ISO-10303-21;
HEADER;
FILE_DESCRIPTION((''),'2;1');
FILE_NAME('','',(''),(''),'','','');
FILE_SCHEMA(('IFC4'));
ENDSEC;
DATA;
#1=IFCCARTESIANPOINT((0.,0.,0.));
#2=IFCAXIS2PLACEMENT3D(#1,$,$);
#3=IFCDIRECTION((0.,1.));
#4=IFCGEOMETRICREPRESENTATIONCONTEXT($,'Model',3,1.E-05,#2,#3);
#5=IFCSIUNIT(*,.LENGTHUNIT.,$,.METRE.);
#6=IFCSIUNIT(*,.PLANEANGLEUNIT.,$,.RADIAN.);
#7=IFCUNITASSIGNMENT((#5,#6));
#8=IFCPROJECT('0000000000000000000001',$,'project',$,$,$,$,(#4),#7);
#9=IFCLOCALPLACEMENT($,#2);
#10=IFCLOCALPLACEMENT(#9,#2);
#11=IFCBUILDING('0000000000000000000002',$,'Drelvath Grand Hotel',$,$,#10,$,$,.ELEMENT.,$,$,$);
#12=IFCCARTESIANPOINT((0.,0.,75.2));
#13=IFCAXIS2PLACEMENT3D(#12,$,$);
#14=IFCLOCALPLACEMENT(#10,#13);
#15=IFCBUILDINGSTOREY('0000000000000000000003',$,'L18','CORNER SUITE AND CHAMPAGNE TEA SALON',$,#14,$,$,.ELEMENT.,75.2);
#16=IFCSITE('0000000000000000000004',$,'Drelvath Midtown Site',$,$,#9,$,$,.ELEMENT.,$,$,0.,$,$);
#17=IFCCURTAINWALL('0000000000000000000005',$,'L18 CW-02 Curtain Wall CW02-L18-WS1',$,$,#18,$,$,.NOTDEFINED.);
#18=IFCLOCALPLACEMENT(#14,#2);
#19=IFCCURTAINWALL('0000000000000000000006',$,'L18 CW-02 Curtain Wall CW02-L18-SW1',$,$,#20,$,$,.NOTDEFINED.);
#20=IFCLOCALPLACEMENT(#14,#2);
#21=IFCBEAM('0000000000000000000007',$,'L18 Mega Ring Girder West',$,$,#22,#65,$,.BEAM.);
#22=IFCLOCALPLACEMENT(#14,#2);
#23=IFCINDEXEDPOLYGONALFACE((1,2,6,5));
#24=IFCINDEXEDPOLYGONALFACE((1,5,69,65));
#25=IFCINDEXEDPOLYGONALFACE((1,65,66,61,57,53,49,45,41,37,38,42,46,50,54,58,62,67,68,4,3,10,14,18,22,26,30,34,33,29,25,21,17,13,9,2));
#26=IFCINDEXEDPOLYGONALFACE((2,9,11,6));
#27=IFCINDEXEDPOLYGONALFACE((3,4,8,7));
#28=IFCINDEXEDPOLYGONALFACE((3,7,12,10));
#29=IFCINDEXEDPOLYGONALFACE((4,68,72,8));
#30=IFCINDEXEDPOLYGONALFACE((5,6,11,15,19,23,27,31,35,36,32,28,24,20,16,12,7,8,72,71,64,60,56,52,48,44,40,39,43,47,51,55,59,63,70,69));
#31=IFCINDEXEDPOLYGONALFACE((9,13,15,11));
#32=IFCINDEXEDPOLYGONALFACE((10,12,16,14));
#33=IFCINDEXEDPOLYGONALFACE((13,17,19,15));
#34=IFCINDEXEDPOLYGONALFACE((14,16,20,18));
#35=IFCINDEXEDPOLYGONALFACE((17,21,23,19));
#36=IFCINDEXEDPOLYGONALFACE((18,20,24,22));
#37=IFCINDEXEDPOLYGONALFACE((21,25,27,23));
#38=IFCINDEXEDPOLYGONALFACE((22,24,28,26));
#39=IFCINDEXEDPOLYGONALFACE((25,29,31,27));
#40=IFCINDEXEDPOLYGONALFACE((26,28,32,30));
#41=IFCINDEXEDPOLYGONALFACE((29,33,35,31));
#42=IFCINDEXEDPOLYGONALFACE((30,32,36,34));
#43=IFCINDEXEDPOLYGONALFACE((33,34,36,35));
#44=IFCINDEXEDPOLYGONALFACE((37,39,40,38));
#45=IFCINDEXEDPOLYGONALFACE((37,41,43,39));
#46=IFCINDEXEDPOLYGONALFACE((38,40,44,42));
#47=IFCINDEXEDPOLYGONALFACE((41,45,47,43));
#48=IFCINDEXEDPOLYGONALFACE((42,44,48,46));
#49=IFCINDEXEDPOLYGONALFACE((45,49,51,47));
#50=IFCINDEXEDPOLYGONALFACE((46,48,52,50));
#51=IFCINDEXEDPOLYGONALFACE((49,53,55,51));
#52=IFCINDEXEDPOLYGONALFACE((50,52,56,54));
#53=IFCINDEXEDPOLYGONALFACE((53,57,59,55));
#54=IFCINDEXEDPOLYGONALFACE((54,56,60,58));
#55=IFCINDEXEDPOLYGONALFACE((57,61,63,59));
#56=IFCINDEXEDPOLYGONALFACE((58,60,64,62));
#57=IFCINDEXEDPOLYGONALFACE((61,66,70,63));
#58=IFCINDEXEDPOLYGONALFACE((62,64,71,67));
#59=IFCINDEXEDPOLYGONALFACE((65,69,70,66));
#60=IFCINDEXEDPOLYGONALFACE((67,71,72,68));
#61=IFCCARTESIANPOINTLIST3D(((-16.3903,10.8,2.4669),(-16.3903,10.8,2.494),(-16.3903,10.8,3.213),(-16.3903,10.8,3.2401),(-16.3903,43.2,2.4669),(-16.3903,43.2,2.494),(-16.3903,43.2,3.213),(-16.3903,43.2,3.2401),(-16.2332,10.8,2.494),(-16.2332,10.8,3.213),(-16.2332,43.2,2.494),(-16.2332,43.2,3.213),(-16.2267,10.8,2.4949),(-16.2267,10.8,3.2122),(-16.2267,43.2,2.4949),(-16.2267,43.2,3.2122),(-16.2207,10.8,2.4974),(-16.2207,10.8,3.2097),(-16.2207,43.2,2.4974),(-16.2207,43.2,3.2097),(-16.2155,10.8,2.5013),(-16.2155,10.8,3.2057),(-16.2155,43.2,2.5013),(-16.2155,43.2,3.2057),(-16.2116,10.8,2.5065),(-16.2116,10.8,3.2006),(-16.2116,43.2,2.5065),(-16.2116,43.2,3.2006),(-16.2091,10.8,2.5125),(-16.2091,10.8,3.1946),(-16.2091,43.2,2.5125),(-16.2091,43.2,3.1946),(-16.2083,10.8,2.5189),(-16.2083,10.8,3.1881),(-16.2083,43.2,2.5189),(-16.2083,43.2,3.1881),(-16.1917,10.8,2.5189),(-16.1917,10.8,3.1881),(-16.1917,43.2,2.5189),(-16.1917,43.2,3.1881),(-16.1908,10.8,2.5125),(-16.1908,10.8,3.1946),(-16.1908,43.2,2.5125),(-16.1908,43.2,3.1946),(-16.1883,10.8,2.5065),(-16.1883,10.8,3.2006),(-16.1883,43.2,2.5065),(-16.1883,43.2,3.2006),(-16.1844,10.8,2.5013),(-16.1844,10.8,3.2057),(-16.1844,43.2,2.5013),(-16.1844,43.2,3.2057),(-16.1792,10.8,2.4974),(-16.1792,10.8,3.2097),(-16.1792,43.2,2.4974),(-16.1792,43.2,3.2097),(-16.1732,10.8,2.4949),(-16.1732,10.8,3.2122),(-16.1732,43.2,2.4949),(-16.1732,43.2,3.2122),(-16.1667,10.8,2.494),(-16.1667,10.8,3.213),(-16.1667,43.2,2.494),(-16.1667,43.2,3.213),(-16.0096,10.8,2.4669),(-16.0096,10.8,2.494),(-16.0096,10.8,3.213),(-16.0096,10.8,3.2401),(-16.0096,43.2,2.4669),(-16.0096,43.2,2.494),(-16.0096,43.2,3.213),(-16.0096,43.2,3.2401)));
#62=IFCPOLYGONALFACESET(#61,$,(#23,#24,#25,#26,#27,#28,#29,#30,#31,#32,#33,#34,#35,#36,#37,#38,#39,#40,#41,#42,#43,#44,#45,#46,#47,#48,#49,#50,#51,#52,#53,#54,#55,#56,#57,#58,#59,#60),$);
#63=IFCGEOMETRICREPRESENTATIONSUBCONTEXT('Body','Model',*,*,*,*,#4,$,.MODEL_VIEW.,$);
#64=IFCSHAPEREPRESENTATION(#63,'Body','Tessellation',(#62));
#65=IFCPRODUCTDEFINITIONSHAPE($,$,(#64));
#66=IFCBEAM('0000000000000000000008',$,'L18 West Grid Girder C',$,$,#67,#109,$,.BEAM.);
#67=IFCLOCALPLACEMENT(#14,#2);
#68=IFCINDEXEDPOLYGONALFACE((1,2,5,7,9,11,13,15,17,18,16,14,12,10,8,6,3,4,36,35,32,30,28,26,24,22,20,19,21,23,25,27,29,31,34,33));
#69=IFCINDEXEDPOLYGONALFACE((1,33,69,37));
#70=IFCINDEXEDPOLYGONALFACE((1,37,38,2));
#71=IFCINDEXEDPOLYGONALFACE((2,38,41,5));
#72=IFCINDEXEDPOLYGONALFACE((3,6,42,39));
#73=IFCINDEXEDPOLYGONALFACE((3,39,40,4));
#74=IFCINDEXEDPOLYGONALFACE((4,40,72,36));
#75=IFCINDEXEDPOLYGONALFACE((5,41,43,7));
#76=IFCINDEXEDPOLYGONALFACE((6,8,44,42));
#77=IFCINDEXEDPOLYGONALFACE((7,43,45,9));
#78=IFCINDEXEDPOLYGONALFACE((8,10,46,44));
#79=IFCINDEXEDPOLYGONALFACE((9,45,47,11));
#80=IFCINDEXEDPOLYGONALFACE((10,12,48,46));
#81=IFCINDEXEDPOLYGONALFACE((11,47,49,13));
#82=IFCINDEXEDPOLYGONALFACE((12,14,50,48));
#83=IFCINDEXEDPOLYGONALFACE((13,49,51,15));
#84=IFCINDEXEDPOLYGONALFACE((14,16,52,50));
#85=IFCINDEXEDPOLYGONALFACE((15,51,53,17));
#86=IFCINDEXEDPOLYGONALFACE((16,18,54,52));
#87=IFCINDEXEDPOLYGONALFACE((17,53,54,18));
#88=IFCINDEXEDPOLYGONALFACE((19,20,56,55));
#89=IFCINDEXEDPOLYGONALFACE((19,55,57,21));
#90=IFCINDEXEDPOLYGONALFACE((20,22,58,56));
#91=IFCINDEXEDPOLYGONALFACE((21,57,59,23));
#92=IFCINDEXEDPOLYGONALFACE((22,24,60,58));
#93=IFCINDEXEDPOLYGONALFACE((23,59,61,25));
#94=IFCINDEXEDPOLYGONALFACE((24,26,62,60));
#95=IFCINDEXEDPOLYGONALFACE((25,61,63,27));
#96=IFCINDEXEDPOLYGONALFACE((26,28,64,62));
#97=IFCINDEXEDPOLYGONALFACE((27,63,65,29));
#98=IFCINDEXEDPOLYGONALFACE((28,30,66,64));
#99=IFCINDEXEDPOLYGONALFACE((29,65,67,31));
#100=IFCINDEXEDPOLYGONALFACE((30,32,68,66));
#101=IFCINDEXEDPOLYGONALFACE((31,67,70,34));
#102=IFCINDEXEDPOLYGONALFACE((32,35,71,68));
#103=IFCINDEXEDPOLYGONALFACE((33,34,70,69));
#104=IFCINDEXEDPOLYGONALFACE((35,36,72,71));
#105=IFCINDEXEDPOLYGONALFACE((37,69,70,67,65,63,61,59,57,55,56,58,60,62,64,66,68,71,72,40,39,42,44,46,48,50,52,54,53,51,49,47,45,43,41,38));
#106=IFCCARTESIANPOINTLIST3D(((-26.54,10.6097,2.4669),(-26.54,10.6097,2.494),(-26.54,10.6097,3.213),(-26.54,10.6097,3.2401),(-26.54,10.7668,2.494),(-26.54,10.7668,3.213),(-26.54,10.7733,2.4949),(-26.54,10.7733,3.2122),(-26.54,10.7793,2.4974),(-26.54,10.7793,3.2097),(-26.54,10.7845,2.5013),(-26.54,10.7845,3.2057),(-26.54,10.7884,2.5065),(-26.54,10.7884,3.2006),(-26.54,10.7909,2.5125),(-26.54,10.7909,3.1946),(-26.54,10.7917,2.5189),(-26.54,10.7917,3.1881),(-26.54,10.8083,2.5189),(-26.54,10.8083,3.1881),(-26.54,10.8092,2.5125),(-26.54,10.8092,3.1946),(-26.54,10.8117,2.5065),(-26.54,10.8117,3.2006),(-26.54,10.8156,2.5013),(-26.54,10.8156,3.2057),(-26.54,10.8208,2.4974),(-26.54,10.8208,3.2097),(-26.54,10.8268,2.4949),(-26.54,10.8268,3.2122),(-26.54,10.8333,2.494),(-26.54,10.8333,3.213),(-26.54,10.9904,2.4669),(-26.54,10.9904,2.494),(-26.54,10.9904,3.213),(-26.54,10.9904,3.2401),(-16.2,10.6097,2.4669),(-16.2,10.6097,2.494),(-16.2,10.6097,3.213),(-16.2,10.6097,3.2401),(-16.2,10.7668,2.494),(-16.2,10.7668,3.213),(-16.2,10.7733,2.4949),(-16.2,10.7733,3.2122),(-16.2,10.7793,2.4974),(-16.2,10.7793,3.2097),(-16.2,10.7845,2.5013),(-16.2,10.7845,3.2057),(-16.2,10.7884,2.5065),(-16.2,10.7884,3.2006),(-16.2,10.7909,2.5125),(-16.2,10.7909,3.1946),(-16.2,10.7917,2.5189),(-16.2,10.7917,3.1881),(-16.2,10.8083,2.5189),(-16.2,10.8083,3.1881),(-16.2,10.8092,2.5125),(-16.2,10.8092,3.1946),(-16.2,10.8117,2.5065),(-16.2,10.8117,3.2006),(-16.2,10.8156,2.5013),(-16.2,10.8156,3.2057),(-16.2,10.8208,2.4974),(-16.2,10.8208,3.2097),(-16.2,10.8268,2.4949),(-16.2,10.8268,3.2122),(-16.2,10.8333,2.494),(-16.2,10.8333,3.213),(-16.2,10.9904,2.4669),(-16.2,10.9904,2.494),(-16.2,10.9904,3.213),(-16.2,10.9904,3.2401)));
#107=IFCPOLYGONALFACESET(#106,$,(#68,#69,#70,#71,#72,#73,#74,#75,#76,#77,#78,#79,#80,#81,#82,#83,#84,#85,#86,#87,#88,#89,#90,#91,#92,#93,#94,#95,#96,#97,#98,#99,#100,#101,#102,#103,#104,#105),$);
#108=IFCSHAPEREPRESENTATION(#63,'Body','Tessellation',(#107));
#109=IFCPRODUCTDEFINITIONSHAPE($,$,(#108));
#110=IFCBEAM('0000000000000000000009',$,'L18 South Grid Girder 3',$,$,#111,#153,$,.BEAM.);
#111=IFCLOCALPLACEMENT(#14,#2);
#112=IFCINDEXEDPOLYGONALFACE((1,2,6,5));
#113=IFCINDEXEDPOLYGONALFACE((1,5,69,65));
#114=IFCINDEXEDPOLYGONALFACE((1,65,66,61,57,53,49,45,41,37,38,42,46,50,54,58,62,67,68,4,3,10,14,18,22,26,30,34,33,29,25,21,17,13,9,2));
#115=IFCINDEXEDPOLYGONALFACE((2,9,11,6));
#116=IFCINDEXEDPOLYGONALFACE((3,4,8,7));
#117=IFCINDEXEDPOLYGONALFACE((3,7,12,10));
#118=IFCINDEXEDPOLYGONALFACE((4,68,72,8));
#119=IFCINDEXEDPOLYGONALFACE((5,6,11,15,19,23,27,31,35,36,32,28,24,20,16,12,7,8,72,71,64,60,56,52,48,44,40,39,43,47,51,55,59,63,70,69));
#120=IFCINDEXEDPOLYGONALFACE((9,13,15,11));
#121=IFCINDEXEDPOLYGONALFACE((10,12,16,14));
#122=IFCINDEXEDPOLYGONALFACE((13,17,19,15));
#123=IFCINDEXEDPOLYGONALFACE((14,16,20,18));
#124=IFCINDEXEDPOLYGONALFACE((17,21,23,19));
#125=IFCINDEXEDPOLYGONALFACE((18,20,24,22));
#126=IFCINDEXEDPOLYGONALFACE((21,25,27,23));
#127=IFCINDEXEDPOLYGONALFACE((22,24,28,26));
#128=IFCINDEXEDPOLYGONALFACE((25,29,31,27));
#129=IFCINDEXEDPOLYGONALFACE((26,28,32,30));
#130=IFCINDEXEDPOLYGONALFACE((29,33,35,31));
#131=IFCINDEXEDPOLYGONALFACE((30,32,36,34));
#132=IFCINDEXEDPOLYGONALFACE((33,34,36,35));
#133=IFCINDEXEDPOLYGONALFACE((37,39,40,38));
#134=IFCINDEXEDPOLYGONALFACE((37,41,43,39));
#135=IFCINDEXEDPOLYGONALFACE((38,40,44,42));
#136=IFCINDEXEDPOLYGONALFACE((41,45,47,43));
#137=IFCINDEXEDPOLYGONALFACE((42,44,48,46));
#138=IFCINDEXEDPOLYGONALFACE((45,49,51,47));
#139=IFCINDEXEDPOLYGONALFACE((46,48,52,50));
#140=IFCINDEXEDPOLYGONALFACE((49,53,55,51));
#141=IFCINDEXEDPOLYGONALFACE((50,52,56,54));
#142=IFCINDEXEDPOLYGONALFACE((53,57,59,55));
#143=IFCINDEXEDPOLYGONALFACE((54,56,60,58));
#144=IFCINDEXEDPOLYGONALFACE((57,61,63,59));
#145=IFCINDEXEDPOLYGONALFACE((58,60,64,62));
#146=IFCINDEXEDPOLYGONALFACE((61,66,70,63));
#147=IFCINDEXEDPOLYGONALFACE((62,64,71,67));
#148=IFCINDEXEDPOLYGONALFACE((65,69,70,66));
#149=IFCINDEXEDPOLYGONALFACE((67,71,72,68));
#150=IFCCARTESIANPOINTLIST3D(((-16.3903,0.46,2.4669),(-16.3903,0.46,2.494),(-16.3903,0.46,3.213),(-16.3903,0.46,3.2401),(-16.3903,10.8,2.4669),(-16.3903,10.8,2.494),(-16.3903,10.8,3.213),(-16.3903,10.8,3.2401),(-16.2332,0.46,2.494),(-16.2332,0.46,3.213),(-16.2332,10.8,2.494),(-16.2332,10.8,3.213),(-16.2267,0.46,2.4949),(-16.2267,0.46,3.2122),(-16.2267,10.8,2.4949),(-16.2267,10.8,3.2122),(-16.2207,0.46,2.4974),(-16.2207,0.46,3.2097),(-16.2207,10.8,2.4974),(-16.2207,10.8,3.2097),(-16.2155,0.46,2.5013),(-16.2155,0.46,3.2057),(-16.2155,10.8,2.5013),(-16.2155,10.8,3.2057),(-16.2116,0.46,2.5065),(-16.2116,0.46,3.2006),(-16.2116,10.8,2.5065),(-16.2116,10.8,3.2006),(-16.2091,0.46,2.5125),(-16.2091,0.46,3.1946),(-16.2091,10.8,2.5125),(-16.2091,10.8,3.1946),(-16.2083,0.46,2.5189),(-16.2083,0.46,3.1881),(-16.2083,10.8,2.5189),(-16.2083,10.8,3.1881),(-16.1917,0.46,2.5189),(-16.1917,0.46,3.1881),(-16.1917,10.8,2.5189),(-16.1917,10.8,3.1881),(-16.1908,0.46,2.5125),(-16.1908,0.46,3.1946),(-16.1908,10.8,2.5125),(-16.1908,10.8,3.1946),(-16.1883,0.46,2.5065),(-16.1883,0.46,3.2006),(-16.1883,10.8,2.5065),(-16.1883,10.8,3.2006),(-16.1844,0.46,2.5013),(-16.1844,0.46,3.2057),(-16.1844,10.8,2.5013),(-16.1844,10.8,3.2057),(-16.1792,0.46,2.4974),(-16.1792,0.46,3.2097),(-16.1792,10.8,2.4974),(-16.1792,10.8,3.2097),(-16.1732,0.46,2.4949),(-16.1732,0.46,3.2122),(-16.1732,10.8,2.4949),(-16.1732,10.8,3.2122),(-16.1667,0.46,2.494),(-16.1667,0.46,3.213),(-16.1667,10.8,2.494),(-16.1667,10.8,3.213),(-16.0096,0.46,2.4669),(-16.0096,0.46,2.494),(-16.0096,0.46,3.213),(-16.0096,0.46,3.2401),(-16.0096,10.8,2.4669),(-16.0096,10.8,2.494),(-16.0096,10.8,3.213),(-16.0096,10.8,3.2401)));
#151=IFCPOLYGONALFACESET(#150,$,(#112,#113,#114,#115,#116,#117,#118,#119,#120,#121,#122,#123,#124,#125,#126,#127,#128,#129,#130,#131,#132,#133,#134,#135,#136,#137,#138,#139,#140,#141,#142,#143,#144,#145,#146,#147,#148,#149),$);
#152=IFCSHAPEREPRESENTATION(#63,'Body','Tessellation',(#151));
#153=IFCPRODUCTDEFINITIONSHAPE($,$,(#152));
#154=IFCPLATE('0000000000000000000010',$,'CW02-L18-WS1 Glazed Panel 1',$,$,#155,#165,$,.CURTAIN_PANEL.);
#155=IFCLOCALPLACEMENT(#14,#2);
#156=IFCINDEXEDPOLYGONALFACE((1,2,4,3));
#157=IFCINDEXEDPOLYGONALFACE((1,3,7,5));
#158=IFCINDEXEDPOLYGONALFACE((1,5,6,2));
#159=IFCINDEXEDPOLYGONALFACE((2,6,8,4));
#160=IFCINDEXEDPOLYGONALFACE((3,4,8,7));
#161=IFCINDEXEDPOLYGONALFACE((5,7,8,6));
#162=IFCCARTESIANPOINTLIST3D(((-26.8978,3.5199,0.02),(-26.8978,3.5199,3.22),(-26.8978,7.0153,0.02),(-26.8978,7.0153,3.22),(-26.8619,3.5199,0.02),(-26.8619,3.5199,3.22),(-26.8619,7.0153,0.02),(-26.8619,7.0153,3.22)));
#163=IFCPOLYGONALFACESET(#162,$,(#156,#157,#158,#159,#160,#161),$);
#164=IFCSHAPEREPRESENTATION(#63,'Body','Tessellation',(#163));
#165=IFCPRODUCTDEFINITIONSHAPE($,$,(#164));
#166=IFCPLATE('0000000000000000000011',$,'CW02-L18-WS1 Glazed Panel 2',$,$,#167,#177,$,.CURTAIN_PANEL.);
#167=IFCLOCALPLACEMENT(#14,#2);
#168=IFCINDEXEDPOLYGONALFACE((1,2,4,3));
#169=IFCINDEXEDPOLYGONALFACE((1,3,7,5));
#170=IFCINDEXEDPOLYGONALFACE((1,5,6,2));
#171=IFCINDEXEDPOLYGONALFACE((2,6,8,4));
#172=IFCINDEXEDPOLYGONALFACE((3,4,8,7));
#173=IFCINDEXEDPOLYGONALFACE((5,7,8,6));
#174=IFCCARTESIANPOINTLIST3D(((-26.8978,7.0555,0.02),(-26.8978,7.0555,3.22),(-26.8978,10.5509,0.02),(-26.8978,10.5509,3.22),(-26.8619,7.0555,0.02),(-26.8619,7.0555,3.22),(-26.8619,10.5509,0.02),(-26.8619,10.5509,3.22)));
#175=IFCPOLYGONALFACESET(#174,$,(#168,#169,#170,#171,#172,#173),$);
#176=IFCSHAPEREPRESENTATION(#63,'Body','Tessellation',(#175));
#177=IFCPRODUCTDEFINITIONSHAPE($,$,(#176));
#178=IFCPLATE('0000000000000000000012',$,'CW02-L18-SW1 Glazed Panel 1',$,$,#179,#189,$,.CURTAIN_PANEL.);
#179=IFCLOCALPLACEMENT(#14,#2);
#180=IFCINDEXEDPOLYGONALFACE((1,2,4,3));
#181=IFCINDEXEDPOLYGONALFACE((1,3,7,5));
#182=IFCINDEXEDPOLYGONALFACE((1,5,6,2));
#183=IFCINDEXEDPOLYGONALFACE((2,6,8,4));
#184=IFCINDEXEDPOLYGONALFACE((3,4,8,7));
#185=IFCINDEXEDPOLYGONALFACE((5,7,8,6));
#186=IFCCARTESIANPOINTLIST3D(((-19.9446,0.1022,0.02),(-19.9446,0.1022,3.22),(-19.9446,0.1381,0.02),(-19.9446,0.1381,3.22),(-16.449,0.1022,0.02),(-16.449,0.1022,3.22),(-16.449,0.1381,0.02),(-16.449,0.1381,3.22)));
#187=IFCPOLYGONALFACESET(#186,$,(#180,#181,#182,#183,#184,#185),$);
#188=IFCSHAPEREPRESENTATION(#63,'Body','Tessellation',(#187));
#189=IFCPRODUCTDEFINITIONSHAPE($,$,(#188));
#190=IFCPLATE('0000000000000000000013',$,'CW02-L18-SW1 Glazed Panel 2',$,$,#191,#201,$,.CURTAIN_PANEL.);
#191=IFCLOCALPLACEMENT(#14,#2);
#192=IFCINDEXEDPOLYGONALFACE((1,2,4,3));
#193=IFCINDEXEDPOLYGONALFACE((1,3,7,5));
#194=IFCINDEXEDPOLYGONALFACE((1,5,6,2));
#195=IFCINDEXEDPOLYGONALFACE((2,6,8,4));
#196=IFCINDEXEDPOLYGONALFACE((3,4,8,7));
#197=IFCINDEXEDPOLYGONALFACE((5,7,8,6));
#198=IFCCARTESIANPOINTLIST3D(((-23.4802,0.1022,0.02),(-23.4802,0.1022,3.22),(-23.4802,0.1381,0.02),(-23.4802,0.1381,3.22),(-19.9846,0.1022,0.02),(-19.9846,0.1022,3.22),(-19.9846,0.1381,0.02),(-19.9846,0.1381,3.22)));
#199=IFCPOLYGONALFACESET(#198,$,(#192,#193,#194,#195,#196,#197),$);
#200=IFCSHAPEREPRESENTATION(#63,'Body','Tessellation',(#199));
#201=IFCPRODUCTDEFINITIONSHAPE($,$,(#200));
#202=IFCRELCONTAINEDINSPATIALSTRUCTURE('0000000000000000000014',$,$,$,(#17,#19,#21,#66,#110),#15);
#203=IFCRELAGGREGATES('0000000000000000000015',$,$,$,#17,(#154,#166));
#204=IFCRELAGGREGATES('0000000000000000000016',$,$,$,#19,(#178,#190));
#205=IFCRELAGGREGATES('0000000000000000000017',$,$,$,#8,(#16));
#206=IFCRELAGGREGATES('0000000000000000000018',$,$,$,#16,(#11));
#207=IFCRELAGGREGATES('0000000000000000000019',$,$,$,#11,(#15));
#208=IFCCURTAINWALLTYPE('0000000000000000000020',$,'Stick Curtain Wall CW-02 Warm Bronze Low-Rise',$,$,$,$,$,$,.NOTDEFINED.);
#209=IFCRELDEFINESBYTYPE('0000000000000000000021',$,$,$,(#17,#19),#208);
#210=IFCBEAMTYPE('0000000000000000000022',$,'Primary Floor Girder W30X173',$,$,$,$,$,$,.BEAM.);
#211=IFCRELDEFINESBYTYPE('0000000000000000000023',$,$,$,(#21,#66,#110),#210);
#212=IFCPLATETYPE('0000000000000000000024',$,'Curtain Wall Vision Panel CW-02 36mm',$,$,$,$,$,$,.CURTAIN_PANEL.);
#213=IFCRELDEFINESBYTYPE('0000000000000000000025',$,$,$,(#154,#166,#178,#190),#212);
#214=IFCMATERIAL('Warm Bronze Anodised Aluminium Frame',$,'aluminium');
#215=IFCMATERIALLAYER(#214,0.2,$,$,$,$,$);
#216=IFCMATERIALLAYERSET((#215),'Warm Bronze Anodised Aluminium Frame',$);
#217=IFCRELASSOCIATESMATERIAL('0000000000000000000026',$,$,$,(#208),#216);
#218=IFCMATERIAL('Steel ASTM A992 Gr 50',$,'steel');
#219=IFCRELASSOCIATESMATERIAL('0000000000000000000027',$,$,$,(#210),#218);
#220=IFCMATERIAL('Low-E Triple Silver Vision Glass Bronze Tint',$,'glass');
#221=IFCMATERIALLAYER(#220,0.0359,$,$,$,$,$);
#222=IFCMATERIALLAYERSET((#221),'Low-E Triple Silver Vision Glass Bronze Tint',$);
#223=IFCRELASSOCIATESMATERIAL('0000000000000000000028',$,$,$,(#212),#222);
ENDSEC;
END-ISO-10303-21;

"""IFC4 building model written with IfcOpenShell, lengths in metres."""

from ifc_helpers import new_model, si_unit, direction, frame, origin, origin_2d, place, context, subcontext, project, spatial, rectangle, i_section, extrude, material, layer, layer_set, material_profile, profile_set, type_object, element, aggregate, save


model = new_model("IFC4")

# Units and contexts
model_context = context("Model", 3, precision=1e-05, world=origin(), true_north=direction((0.0, 1.0)))
body_context = subcontext(model_context, "Body", "Model", "MODEL_VIEW")
ifc_project = project(units=[si_unit("LENGTHUNIT", "METRE"), si_unit("PLANEANGLEUNIT", "RADIAN")], contexts=[model_context])

# Site, building, storey
site_placement = place(None, origin())
site = spatial("IfcSite", under=ifc_project, at=site_placement, Name="Drelvath Midtown Site", CompositionType="ELEMENT", RefElevation=0.0)
building_placement = place(site_placement, origin())
building = spatial("IfcBuilding", under=site, at=building_placement, Name="Drelvath Grand Hotel", CompositionType="ELEMENT")
storey_placement = place(building_placement, frame((0.0, 0.0, 75.2)))
storey = spatial("IfcBuildingStorey", under=building, at=storey_placement, Name="L18", Description="CORNER SUITE AND CHAMPAGNE TEA SALON", CompositionType="ELEMENT", Elevation=75.2)

# Curtain walls
ifc_material_1 = material(Name="Warm Bronze Anodised Aluminium Frame", Category="aluminium")
ifc_layer_1 = layer(ifc_material_1, 0.2)
ifc_layer_set_1 = layer_set([ifc_layer_1], Name="Warm Bronze Anodised Aluminium Frame")
curtain_wall_type = type_object("IfcCurtainWallType", Name="Stick Curtain Wall CW-02 Warm Bronze Low-Rise", PredefinedType="NOTDEFINED", material=ifc_layer_set_1)
curtain_wall_1_placement = place(storey_placement, origin())
curtain_wall_1 = element("IfcCurtainWall", 1, at=curtain_wall_1_placement, inside=storey, type_object=curtain_wall_type, Name="L18 CW-02 Curtain Wall CW02-L18-WS1", PredefinedType="NOTDEFINED")
curtain_wall_2_placement = place(storey_placement, origin())
curtain_wall_2 = element("IfcCurtainWall", 2, at=curtain_wall_2_placement, inside=storey, type_object=curtain_wall_type, Name="L18 CW-02 Curtain Wall CW02-L18-SW1", PredefinedType="NOTDEFINED")

# Beams
ifc_material_2 = material(Name="Steel ASTM A992 Gr 50", Category="steel")
ifc_material_profile_1 = material_profile(ifc_material_2, i_section(OverallWidth=0.3806, OverallDepth=0.7732, WebThickness=0.0166, FlangeThickness=0.0271, FilletRadius=0.0249, at=origin_2d()), Name="W30X173")
ifc_profile_set_1 = profile_set([ifc_material_profile_1], Name="Steel ASTM A992 Gr 50")
beam_type_1 = type_object("IfcBeamType", Name="Primary Floor Girder W30X173", PredefinedType="BEAM", material=ifc_profile_set_1)
for number, where, z_axis, x_axis, name in (
    (3, (-16.2, 10.8, 2.8535), (0.0, 1.0, 0.0), (-1.0, 0.0, 0.0), "L18 Mega Ring Girder West"),
):
    element("IfcBeam", number, at=place(storey_placement, frame(where, z_axis=z_axis, x_axis=x_axis)), inside=storey, type_object=beam_type_1, Name=name, PredefinedType="BEAM", context=body_context, shape_type="SweptSolid", body=[
        extrude(i_section(OverallWidth=0.3806, OverallDepth=0.7732, WebThickness=0.0166, FlangeThickness=0.0271, FilletRadius=0.0249, at=origin_2d()), origin(), (0.0, 0.0, 1.0), 32.3999),
    ])
for number, where, z_axis, x_axis, name in (
    (4, (-26.54, 10.8, 2.8535), (1.0, 0.0, 0.0), (0.0, 1.0, 0.0), "L18 West Grid Girder C"),
    (5, (-16.2, 0.46, 2.8535), (0.0, 1.0, 0.0), (-1.0, 0.0, 0.0), "L18 South Grid Girder 3"),
):
    element("IfcBeam", number, at=place(storey_placement, frame(where, z_axis=z_axis, x_axis=x_axis)), inside=storey, type_object=beam_type_1, Name=name, PredefinedType="BEAM", context=body_context, shape_type="SweptSolid", body=[
        extrude(i_section(OverallWidth=0.3806, OverallDepth=0.7732, WebThickness=0.0166, FlangeThickness=0.0271, FilletRadius=0.0249, at=origin_2d()), origin(), (0.0, 0.0, 1.0), 10.3401),
    ])

# Plates
ifc_material_3 = material(Name="Low-E Triple Silver Vision Glass Bronze Tint", Category="glass")
ifc_layer_2 = layer(ifc_material_3, 0.0359)
ifc_layer_set_2 = layer_set([ifc_layer_2], Name="Low-E Triple Silver Vision Glass Bronze Tint")
plate_type = type_object("IfcPlateType", Name="Curtain Wall Vision Panel CW-02 36mm", PredefinedType="CURTAIN_PANEL", material=ifc_layer_set_2)
plate_1_placement = place(storey_placement, frame((-26.8799, 5.2676, 0.02), z_axis=(0.0, 0.0, 1.0), x_axis=(0.0, 1.0, 0.0)))
plate_1 = element("IfcPlate", 6, at=plate_1_placement, type_object=plate_type, Name="CW02-L18-WS1 Glazed Panel 1", PredefinedType="CURTAIN_PANEL", context=body_context, shape_type="SweptSolid", body=[
    extrude(rectangle(XDim=3.4954, YDim=0.0359, at=origin_2d()), origin(), (0.0, 0.0, 1.0), 3.2),
])
plate_2_placement = place(storey_placement, frame((-26.8799, 8.8032, 0.02), z_axis=(0.0, 0.0, 1.0), x_axis=(0.0, 1.0, 0.0)))
plate_2 = element("IfcPlate", 7, at=plate_2_placement, type_object=plate_type, Name="CW02-L18-WS1 Glazed Panel 2", PredefinedType="CURTAIN_PANEL", context=body_context, shape_type="SweptSolid", body=[
    extrude(rectangle(XDim=3.4954, YDim=0.0359, at=origin_2d()), origin(), (0.0, 0.0, 1.0), 3.2),
])
aggregate(curtain_wall_1, [plate_1, plate_2])
plate_3_placement = place(storey_placement, frame((-18.1968, 0.1201, 0.02), z_axis=(0.0, 0.0, 1.0), x_axis=(-1.0, 0.0, 0.0)))
plate_3 = element("IfcPlate", 8, at=plate_3_placement, type_object=plate_type, Name="CW02-L18-SW1 Glazed Panel 1", PredefinedType="CURTAIN_PANEL", context=body_context, shape_type="SweptSolid", body=[
    extrude(rectangle(XDim=3.4956, YDim=0.0359, at=origin_2d()), origin(), (0.0, 0.0, 1.0), 3.2),
])
plate_4_placement = place(storey_placement, frame((-21.7324, 0.1201, 0.02), z_axis=(0.0, 0.0, 1.0), x_axis=(-1.0, 0.0, 0.0)))
plate_4 = element("IfcPlate", 9, at=plate_4_placement, type_object=plate_type, Name="CW02-L18-SW1 Glazed Panel 2", PredefinedType="CURTAIN_PANEL", context=body_context, shape_type="SweptSolid", body=[
    extrude(rectangle(XDim=3.4956, YDim=0.0359, at=origin_2d()), origin(), (0.0, 0.0, 1.0), 3.2),
])
aggregate(curtain_wall_2, [plate_3, plate_4])

save(model, "model.ifc")
